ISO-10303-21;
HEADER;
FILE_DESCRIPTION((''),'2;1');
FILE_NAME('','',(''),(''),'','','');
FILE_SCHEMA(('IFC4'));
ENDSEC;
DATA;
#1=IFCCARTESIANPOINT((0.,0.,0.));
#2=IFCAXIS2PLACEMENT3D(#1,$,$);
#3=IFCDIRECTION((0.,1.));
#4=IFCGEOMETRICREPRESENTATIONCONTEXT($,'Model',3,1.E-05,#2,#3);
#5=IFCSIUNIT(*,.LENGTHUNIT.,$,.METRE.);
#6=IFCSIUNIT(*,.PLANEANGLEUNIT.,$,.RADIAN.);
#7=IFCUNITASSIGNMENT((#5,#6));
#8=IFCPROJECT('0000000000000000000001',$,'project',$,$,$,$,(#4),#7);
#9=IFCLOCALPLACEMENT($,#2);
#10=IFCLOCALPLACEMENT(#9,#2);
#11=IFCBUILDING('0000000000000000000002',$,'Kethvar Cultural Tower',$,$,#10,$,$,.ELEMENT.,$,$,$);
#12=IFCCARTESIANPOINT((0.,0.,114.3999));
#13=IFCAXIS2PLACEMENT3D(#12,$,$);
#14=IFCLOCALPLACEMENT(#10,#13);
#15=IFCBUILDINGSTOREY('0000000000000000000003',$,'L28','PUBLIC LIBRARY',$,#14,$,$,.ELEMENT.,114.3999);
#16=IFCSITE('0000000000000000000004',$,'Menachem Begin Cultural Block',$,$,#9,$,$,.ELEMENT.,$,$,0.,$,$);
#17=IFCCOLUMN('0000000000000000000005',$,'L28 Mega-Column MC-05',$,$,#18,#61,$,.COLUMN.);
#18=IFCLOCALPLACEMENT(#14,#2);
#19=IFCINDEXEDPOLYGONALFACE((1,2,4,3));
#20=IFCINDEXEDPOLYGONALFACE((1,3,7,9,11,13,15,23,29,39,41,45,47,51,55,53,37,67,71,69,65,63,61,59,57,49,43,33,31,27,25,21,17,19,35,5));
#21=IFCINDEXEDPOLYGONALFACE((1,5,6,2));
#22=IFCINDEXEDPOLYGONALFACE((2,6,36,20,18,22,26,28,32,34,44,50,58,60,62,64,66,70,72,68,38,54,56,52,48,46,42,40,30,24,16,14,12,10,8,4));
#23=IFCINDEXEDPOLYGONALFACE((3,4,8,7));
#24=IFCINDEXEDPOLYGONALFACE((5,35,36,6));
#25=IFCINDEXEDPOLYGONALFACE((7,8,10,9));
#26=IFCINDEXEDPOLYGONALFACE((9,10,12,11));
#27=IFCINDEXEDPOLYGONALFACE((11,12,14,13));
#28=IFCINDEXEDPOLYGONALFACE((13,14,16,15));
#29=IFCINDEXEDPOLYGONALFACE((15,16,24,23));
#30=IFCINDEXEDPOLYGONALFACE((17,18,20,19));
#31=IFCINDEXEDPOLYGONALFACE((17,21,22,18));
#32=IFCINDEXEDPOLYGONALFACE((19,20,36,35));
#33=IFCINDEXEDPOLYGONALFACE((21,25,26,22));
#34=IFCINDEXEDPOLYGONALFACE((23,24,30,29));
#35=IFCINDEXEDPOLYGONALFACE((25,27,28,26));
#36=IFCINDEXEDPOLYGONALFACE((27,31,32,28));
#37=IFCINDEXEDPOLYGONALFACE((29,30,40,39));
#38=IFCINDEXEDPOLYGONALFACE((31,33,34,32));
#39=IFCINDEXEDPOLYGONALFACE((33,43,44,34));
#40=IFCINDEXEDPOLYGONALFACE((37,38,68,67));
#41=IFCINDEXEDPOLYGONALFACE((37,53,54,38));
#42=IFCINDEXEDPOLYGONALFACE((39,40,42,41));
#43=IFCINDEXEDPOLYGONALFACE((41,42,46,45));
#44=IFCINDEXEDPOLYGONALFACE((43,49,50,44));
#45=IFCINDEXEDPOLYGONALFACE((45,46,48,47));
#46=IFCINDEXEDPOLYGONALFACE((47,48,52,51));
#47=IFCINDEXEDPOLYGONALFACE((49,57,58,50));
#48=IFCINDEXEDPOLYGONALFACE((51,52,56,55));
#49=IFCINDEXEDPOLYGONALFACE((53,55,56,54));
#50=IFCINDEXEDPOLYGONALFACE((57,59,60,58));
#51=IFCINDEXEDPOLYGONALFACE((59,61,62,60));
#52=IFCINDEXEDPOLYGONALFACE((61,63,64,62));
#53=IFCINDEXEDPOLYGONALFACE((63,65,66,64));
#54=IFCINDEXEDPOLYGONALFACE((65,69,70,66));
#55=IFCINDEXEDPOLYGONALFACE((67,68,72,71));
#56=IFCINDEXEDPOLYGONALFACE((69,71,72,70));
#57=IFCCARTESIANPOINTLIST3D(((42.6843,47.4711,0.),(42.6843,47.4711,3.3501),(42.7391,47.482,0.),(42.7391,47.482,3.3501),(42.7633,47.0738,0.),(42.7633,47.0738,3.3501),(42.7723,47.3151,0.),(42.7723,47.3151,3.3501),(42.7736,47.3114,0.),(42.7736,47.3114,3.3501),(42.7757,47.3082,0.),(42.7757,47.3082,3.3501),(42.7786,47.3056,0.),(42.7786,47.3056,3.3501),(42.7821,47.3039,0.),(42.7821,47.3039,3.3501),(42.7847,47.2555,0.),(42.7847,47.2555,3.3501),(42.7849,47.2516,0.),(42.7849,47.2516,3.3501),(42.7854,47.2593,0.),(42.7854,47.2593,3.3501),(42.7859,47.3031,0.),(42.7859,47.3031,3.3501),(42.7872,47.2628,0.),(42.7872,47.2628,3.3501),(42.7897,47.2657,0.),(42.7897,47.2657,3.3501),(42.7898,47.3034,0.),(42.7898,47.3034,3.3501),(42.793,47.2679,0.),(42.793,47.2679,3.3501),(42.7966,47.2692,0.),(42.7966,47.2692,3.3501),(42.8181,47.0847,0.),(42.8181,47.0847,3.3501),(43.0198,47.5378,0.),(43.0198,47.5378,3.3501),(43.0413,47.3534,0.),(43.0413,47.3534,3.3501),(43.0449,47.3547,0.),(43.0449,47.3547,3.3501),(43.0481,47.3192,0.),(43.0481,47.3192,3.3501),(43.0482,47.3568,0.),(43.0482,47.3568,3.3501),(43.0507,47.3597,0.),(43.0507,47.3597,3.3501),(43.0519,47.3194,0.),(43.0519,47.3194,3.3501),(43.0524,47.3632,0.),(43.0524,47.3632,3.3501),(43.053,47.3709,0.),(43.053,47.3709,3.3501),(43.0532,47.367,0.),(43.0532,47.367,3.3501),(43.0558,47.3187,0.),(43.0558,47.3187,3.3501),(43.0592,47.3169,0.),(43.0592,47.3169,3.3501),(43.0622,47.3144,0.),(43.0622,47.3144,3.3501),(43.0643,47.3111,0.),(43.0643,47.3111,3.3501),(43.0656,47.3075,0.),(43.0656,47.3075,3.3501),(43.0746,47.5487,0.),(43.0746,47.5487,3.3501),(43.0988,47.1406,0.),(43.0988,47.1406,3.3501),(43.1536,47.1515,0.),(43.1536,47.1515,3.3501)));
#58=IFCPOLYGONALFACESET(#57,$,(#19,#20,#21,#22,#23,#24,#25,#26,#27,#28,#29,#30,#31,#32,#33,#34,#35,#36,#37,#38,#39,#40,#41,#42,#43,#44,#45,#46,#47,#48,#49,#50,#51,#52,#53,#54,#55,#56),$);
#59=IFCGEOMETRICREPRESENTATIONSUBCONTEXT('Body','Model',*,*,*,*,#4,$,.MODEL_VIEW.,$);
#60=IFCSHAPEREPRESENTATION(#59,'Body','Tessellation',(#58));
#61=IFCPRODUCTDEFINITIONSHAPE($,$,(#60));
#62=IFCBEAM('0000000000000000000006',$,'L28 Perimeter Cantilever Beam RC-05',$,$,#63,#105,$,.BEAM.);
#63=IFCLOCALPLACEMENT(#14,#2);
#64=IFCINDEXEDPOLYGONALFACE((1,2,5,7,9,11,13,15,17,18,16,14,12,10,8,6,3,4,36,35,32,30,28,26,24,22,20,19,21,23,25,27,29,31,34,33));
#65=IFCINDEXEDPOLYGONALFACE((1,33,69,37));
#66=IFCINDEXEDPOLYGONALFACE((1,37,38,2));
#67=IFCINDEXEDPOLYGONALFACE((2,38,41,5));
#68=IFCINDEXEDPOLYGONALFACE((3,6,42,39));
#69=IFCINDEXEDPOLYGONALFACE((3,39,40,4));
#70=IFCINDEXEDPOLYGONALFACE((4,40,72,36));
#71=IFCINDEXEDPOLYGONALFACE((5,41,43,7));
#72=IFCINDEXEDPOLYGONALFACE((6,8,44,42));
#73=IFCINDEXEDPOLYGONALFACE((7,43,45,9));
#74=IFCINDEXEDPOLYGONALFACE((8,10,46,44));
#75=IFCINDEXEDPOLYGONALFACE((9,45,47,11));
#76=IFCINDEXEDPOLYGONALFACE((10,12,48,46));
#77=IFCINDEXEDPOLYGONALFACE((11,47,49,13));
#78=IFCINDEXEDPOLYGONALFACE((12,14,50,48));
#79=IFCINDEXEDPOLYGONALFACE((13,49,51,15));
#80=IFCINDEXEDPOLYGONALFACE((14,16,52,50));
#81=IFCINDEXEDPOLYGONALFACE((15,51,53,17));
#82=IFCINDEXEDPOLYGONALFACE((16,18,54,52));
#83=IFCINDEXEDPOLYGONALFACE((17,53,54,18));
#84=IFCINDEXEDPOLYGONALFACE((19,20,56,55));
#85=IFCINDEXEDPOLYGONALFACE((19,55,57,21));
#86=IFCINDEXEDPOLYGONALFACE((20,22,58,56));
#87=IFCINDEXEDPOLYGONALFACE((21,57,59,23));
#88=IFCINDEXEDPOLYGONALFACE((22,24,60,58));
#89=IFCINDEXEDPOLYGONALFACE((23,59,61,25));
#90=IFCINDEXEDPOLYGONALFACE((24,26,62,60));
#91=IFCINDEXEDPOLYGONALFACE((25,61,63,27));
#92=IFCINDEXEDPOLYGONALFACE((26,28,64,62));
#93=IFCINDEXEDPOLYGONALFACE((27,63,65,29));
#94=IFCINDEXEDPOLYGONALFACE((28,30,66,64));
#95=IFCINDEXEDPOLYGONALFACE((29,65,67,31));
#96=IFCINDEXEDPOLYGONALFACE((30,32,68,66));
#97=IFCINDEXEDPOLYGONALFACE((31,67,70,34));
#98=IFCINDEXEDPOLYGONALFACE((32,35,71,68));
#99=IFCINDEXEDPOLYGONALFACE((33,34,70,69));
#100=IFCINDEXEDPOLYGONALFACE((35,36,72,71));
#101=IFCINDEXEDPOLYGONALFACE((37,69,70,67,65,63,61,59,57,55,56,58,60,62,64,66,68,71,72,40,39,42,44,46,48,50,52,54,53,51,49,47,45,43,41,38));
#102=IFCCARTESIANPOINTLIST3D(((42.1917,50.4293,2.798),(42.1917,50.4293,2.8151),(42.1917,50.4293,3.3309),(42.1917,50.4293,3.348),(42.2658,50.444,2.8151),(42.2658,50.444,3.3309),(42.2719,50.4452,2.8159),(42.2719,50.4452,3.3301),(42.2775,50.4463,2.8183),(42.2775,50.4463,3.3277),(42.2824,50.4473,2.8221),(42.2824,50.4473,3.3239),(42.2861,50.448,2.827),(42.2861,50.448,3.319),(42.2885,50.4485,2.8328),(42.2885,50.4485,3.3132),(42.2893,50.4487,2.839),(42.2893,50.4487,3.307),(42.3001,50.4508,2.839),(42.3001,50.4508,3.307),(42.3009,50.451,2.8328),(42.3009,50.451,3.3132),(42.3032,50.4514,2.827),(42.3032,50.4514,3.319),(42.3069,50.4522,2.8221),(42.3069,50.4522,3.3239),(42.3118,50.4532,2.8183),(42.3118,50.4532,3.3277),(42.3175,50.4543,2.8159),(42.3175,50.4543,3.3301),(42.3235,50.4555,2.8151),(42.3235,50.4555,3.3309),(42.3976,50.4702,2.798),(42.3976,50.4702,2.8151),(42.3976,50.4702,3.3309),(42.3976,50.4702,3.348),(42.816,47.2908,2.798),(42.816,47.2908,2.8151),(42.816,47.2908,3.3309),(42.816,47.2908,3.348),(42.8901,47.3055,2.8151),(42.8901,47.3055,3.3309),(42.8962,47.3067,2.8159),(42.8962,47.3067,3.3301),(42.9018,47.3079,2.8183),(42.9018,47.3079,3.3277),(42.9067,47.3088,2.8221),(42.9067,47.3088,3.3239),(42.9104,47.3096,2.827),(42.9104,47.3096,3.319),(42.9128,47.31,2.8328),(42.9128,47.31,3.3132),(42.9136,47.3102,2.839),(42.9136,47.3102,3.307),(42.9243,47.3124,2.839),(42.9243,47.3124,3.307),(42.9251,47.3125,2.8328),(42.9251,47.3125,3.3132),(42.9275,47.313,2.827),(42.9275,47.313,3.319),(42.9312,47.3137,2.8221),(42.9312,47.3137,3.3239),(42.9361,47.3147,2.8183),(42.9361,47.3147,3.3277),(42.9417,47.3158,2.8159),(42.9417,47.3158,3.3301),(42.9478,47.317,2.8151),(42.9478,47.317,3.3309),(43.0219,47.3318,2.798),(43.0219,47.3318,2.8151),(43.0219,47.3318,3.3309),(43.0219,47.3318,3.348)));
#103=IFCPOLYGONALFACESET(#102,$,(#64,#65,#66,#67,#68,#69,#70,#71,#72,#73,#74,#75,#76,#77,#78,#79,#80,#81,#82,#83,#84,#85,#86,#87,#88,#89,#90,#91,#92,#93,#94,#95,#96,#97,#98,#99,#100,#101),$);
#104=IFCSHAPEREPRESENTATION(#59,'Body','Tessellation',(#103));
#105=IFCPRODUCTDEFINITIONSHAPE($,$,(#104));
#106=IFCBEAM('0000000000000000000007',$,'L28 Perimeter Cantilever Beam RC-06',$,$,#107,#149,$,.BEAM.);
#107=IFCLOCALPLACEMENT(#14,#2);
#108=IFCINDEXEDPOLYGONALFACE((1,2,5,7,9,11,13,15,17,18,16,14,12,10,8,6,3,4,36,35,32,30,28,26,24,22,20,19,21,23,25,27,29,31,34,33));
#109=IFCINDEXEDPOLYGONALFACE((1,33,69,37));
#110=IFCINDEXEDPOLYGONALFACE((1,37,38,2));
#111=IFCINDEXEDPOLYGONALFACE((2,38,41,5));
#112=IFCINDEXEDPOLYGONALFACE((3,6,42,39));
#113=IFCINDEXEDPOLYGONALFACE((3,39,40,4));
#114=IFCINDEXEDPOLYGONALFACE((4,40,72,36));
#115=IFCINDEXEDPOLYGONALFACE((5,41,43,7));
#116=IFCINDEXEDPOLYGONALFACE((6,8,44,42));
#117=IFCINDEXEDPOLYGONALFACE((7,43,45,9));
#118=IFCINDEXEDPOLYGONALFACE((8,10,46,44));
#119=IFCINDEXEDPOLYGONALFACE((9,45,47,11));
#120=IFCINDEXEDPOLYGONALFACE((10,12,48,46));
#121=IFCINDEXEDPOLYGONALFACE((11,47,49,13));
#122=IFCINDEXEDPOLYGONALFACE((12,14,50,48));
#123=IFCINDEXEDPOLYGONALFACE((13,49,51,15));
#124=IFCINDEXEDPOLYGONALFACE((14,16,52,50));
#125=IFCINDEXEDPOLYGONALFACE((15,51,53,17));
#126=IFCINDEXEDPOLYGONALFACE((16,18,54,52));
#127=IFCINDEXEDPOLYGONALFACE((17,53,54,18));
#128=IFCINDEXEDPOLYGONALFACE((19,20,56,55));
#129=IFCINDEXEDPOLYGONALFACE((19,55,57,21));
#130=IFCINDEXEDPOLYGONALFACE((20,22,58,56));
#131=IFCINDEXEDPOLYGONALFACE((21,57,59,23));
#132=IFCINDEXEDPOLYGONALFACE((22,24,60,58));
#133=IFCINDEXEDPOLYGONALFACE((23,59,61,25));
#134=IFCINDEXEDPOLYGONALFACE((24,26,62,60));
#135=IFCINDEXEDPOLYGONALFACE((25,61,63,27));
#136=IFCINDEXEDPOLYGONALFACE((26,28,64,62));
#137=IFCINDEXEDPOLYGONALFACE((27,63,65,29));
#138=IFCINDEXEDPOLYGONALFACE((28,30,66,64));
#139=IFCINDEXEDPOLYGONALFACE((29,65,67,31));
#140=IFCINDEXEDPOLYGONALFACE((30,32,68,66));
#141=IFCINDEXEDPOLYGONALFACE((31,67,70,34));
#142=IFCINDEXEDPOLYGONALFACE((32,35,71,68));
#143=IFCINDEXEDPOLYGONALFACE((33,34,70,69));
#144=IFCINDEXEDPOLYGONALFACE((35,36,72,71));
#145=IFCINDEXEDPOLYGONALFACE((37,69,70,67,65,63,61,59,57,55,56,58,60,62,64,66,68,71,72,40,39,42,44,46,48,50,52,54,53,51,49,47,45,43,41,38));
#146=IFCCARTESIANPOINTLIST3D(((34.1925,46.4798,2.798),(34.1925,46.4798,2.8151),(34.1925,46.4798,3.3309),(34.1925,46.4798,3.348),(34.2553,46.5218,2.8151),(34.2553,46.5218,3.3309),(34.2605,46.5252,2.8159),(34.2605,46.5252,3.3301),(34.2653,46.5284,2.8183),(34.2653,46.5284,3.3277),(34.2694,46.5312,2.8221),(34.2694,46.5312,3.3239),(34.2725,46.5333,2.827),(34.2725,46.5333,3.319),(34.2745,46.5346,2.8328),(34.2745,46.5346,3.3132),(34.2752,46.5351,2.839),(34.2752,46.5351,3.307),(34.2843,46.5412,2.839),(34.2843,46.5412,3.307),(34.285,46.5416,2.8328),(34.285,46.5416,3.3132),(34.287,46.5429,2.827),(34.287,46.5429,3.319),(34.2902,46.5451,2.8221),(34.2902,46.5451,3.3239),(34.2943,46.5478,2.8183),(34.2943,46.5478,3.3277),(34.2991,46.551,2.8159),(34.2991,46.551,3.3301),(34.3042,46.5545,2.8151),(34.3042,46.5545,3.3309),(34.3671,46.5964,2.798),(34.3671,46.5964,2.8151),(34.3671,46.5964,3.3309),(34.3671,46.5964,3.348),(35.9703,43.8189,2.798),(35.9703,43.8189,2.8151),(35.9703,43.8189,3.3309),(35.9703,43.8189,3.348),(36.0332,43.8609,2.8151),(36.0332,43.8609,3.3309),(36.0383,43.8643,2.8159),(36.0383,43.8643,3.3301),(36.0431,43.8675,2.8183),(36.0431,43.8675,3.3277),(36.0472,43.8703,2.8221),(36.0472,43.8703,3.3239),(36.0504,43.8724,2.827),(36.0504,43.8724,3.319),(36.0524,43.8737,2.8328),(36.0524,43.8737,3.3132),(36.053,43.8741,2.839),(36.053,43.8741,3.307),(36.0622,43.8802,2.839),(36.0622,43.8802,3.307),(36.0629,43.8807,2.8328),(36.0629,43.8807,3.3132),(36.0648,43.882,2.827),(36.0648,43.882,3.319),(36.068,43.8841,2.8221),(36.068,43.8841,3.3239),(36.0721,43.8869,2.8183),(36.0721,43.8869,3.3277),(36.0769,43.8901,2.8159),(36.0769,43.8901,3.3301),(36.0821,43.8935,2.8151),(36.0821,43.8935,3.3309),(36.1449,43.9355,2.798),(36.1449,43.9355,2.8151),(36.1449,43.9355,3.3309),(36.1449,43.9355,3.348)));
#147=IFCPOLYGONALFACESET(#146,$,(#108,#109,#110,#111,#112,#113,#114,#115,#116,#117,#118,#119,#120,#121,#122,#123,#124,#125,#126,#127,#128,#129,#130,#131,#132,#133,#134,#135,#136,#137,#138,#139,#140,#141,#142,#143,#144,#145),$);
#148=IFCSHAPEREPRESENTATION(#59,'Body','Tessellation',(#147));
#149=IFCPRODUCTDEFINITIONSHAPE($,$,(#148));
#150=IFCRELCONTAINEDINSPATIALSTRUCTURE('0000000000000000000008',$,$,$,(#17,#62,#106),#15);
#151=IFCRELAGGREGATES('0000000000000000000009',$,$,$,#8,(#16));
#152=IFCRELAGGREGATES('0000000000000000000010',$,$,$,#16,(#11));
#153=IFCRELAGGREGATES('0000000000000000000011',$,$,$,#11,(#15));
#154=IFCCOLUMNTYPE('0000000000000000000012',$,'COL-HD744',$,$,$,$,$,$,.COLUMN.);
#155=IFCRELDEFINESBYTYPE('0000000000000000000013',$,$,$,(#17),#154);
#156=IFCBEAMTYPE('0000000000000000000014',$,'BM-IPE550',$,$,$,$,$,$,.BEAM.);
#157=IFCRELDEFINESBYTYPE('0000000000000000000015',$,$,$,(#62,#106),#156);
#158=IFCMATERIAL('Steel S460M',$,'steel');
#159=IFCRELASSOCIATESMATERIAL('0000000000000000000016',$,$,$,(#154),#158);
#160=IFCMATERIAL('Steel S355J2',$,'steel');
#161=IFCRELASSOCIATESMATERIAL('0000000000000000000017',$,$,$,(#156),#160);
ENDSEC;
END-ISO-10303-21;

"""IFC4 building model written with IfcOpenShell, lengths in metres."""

from ifc_helpers import new_model, si_unit, direction, frame, origin, origin_2d, place, context, subcontext, project, spatial, i_section, extrude, source, transform, mapped, material, material_profile, profile_set, type_object, element, save


model = new_model("IFC4")

# Units and contexts
model_context = context("Model", 3, precision=1e-05, world=origin(), true_north=direction((0.0, 1.0)))
body_context = subcontext(model_context, "Body", "Model", "MODEL_VIEW")
ifc_project = project(units=[si_unit("LENGTHUNIT", "METRE"), si_unit("PLANEANGLEUNIT", "RADIAN")], contexts=[model_context])

# Site, building, storey
site_placement = place(None, origin())
site = spatial("IfcSite", under=ifc_project, at=site_placement, Name="Menachem Begin Cultural Block", CompositionType="ELEMENT", RefElevation=0.0)
building_placement = place(site_placement, origin())
building = spatial("IfcBuilding", under=site, at=building_placement, Name="Kethvar Cultural Tower", CompositionType="ELEMENT")
storey_placement = place(building_placement, frame((0.0, 0.0, 114.3999)))
storey = spatial("IfcBuildingStorey", under=building, at=storey_placement, Name="L28", Description="PUBLIC LIBRARY", CompositionType="ELEMENT", Elevation=114.3999)

# Column
ifc_material_1 = material(Name="Steel S460M", Category="steel")
ifc_material_profile_1 = material_profile(ifc_material_1, i_section(OverallWidth=0.405, OverallDepth=0.3979, WebThickness=0.0349, FlangeThickness=0.0559, FilletRadius=0.0149, at=origin_2d()), Name="Steel S460M — HD400x744")
ifc_profile_set_1 = profile_set([ifc_material_profile_1], Name="Steel S460M — HD400x744")
column_type = type_object("IfcColumnType", Name="COL-HD744", PredefinedType="COLUMN", material=ifc_profile_set_1)
shared_shape_1 = source(origin(), body_context, "Body", "SweptSolid", [
    extrude(i_section(OverallWidth=0.405, OverallDepth=0.3979, WebThickness=0.0349, FlangeThickness=0.0559, FilletRadius=0.0149, at=origin_2d()), origin(), (0.0, 0.0, 1.0), 3.3501),
])
column_placement = place(storey_placement, frame((42.9189, 47.3113, 0.0), z_axis=(0.0, 0.0, 1.0), x_axis=(-0.19509, 0.980785, 0.0)))
element("IfcColumn", 1, at=column_placement, inside=storey, type_object=column_type, Name="L28 Mega-Column MC-05", PredefinedType="COLUMN", context=body_context, shape_type="MappedRepresentation", body=[
    mapped(shared_shape_1, transform((0.0, 0.0, 0.0), scale=1.0)),
])

# Beams
ifc_material_2 = material(Name="Steel S355J2", Category="steel")
ifc_material_profile_2 = material_profile(ifc_material_2, i_section(OverallWidth=0.21, OverallDepth=0.55, WebThickness=0.011, FlangeThickness=0.0171, FilletRadius=0.0239, at=origin_2d()), Name="Steel S355J2 — IPE550")
ifc_profile_set_2 = profile_set([ifc_material_profile_2], Name="Steel S355J2 — IPE550")
beam_type_1 = type_object("IfcBeamType", Name="BM-IPE550", PredefinedType="BEAM", material=ifc_profile_set_2)
shared_shape_2 = source(origin(), body_context, "Body", "SweptSolid", [
    extrude(i_section(OverallWidth=0.21, OverallDepth=0.55, WebThickness=0.011, FlangeThickness=0.0171, FilletRadius=0.0239, at=origin_2d()), origin(), (0.0, 0.0, 1.0), 3.2),
])
beam_1_placement = place(storey_placement, frame((42.9189, 47.3113, 3.073), z_axis=(-0.195089, 0.980786, 0.0), x_axis=(-0.980786, -0.195089, 0.0)))
element("IfcBeam", 2, at=beam_1_placement, inside=storey, type_object=beam_type_1, Name="L28 Perimeter Cantilever Beam RC-05", PredefinedType="BEAM", context=body_context, shape_type="MappedRepresentation", body=[
    mapped(shared_shape_2, transform((0.0, 0.0, 0.0), scale=1.0)),
])
shared_shape_3 = source(origin(), body_context, "Body", "SweptSolid", [
    extrude(i_section(OverallWidth=0.21, OverallDepth=0.55, WebThickness=0.011, FlangeThickness=0.0171, FilletRadius=0.0239, at=origin_2d()), origin(), (0.0, 0.0, 1.0), 3.2002),
])
beam_2_placement = place(storey_placement, frame((36.0576, 43.8772, 3.073), z_axis=(-0.555545, 0.831486, 0.0), x_axis=(-0.831486, -0.555545, 0.0)))
element("IfcBeam", 3, at=beam_2_placement, inside=storey, type_object=beam_type_1, Name="L28 Perimeter Cantilever Beam RC-06", PredefinedType="BEAM", context=body_context, shape_type="MappedRepresentation", body=[
    mapped(shared_shape_3, transform((0.0, 0.0, 0.0), scale=1.0)),
])

save(model, "model.ifc")
